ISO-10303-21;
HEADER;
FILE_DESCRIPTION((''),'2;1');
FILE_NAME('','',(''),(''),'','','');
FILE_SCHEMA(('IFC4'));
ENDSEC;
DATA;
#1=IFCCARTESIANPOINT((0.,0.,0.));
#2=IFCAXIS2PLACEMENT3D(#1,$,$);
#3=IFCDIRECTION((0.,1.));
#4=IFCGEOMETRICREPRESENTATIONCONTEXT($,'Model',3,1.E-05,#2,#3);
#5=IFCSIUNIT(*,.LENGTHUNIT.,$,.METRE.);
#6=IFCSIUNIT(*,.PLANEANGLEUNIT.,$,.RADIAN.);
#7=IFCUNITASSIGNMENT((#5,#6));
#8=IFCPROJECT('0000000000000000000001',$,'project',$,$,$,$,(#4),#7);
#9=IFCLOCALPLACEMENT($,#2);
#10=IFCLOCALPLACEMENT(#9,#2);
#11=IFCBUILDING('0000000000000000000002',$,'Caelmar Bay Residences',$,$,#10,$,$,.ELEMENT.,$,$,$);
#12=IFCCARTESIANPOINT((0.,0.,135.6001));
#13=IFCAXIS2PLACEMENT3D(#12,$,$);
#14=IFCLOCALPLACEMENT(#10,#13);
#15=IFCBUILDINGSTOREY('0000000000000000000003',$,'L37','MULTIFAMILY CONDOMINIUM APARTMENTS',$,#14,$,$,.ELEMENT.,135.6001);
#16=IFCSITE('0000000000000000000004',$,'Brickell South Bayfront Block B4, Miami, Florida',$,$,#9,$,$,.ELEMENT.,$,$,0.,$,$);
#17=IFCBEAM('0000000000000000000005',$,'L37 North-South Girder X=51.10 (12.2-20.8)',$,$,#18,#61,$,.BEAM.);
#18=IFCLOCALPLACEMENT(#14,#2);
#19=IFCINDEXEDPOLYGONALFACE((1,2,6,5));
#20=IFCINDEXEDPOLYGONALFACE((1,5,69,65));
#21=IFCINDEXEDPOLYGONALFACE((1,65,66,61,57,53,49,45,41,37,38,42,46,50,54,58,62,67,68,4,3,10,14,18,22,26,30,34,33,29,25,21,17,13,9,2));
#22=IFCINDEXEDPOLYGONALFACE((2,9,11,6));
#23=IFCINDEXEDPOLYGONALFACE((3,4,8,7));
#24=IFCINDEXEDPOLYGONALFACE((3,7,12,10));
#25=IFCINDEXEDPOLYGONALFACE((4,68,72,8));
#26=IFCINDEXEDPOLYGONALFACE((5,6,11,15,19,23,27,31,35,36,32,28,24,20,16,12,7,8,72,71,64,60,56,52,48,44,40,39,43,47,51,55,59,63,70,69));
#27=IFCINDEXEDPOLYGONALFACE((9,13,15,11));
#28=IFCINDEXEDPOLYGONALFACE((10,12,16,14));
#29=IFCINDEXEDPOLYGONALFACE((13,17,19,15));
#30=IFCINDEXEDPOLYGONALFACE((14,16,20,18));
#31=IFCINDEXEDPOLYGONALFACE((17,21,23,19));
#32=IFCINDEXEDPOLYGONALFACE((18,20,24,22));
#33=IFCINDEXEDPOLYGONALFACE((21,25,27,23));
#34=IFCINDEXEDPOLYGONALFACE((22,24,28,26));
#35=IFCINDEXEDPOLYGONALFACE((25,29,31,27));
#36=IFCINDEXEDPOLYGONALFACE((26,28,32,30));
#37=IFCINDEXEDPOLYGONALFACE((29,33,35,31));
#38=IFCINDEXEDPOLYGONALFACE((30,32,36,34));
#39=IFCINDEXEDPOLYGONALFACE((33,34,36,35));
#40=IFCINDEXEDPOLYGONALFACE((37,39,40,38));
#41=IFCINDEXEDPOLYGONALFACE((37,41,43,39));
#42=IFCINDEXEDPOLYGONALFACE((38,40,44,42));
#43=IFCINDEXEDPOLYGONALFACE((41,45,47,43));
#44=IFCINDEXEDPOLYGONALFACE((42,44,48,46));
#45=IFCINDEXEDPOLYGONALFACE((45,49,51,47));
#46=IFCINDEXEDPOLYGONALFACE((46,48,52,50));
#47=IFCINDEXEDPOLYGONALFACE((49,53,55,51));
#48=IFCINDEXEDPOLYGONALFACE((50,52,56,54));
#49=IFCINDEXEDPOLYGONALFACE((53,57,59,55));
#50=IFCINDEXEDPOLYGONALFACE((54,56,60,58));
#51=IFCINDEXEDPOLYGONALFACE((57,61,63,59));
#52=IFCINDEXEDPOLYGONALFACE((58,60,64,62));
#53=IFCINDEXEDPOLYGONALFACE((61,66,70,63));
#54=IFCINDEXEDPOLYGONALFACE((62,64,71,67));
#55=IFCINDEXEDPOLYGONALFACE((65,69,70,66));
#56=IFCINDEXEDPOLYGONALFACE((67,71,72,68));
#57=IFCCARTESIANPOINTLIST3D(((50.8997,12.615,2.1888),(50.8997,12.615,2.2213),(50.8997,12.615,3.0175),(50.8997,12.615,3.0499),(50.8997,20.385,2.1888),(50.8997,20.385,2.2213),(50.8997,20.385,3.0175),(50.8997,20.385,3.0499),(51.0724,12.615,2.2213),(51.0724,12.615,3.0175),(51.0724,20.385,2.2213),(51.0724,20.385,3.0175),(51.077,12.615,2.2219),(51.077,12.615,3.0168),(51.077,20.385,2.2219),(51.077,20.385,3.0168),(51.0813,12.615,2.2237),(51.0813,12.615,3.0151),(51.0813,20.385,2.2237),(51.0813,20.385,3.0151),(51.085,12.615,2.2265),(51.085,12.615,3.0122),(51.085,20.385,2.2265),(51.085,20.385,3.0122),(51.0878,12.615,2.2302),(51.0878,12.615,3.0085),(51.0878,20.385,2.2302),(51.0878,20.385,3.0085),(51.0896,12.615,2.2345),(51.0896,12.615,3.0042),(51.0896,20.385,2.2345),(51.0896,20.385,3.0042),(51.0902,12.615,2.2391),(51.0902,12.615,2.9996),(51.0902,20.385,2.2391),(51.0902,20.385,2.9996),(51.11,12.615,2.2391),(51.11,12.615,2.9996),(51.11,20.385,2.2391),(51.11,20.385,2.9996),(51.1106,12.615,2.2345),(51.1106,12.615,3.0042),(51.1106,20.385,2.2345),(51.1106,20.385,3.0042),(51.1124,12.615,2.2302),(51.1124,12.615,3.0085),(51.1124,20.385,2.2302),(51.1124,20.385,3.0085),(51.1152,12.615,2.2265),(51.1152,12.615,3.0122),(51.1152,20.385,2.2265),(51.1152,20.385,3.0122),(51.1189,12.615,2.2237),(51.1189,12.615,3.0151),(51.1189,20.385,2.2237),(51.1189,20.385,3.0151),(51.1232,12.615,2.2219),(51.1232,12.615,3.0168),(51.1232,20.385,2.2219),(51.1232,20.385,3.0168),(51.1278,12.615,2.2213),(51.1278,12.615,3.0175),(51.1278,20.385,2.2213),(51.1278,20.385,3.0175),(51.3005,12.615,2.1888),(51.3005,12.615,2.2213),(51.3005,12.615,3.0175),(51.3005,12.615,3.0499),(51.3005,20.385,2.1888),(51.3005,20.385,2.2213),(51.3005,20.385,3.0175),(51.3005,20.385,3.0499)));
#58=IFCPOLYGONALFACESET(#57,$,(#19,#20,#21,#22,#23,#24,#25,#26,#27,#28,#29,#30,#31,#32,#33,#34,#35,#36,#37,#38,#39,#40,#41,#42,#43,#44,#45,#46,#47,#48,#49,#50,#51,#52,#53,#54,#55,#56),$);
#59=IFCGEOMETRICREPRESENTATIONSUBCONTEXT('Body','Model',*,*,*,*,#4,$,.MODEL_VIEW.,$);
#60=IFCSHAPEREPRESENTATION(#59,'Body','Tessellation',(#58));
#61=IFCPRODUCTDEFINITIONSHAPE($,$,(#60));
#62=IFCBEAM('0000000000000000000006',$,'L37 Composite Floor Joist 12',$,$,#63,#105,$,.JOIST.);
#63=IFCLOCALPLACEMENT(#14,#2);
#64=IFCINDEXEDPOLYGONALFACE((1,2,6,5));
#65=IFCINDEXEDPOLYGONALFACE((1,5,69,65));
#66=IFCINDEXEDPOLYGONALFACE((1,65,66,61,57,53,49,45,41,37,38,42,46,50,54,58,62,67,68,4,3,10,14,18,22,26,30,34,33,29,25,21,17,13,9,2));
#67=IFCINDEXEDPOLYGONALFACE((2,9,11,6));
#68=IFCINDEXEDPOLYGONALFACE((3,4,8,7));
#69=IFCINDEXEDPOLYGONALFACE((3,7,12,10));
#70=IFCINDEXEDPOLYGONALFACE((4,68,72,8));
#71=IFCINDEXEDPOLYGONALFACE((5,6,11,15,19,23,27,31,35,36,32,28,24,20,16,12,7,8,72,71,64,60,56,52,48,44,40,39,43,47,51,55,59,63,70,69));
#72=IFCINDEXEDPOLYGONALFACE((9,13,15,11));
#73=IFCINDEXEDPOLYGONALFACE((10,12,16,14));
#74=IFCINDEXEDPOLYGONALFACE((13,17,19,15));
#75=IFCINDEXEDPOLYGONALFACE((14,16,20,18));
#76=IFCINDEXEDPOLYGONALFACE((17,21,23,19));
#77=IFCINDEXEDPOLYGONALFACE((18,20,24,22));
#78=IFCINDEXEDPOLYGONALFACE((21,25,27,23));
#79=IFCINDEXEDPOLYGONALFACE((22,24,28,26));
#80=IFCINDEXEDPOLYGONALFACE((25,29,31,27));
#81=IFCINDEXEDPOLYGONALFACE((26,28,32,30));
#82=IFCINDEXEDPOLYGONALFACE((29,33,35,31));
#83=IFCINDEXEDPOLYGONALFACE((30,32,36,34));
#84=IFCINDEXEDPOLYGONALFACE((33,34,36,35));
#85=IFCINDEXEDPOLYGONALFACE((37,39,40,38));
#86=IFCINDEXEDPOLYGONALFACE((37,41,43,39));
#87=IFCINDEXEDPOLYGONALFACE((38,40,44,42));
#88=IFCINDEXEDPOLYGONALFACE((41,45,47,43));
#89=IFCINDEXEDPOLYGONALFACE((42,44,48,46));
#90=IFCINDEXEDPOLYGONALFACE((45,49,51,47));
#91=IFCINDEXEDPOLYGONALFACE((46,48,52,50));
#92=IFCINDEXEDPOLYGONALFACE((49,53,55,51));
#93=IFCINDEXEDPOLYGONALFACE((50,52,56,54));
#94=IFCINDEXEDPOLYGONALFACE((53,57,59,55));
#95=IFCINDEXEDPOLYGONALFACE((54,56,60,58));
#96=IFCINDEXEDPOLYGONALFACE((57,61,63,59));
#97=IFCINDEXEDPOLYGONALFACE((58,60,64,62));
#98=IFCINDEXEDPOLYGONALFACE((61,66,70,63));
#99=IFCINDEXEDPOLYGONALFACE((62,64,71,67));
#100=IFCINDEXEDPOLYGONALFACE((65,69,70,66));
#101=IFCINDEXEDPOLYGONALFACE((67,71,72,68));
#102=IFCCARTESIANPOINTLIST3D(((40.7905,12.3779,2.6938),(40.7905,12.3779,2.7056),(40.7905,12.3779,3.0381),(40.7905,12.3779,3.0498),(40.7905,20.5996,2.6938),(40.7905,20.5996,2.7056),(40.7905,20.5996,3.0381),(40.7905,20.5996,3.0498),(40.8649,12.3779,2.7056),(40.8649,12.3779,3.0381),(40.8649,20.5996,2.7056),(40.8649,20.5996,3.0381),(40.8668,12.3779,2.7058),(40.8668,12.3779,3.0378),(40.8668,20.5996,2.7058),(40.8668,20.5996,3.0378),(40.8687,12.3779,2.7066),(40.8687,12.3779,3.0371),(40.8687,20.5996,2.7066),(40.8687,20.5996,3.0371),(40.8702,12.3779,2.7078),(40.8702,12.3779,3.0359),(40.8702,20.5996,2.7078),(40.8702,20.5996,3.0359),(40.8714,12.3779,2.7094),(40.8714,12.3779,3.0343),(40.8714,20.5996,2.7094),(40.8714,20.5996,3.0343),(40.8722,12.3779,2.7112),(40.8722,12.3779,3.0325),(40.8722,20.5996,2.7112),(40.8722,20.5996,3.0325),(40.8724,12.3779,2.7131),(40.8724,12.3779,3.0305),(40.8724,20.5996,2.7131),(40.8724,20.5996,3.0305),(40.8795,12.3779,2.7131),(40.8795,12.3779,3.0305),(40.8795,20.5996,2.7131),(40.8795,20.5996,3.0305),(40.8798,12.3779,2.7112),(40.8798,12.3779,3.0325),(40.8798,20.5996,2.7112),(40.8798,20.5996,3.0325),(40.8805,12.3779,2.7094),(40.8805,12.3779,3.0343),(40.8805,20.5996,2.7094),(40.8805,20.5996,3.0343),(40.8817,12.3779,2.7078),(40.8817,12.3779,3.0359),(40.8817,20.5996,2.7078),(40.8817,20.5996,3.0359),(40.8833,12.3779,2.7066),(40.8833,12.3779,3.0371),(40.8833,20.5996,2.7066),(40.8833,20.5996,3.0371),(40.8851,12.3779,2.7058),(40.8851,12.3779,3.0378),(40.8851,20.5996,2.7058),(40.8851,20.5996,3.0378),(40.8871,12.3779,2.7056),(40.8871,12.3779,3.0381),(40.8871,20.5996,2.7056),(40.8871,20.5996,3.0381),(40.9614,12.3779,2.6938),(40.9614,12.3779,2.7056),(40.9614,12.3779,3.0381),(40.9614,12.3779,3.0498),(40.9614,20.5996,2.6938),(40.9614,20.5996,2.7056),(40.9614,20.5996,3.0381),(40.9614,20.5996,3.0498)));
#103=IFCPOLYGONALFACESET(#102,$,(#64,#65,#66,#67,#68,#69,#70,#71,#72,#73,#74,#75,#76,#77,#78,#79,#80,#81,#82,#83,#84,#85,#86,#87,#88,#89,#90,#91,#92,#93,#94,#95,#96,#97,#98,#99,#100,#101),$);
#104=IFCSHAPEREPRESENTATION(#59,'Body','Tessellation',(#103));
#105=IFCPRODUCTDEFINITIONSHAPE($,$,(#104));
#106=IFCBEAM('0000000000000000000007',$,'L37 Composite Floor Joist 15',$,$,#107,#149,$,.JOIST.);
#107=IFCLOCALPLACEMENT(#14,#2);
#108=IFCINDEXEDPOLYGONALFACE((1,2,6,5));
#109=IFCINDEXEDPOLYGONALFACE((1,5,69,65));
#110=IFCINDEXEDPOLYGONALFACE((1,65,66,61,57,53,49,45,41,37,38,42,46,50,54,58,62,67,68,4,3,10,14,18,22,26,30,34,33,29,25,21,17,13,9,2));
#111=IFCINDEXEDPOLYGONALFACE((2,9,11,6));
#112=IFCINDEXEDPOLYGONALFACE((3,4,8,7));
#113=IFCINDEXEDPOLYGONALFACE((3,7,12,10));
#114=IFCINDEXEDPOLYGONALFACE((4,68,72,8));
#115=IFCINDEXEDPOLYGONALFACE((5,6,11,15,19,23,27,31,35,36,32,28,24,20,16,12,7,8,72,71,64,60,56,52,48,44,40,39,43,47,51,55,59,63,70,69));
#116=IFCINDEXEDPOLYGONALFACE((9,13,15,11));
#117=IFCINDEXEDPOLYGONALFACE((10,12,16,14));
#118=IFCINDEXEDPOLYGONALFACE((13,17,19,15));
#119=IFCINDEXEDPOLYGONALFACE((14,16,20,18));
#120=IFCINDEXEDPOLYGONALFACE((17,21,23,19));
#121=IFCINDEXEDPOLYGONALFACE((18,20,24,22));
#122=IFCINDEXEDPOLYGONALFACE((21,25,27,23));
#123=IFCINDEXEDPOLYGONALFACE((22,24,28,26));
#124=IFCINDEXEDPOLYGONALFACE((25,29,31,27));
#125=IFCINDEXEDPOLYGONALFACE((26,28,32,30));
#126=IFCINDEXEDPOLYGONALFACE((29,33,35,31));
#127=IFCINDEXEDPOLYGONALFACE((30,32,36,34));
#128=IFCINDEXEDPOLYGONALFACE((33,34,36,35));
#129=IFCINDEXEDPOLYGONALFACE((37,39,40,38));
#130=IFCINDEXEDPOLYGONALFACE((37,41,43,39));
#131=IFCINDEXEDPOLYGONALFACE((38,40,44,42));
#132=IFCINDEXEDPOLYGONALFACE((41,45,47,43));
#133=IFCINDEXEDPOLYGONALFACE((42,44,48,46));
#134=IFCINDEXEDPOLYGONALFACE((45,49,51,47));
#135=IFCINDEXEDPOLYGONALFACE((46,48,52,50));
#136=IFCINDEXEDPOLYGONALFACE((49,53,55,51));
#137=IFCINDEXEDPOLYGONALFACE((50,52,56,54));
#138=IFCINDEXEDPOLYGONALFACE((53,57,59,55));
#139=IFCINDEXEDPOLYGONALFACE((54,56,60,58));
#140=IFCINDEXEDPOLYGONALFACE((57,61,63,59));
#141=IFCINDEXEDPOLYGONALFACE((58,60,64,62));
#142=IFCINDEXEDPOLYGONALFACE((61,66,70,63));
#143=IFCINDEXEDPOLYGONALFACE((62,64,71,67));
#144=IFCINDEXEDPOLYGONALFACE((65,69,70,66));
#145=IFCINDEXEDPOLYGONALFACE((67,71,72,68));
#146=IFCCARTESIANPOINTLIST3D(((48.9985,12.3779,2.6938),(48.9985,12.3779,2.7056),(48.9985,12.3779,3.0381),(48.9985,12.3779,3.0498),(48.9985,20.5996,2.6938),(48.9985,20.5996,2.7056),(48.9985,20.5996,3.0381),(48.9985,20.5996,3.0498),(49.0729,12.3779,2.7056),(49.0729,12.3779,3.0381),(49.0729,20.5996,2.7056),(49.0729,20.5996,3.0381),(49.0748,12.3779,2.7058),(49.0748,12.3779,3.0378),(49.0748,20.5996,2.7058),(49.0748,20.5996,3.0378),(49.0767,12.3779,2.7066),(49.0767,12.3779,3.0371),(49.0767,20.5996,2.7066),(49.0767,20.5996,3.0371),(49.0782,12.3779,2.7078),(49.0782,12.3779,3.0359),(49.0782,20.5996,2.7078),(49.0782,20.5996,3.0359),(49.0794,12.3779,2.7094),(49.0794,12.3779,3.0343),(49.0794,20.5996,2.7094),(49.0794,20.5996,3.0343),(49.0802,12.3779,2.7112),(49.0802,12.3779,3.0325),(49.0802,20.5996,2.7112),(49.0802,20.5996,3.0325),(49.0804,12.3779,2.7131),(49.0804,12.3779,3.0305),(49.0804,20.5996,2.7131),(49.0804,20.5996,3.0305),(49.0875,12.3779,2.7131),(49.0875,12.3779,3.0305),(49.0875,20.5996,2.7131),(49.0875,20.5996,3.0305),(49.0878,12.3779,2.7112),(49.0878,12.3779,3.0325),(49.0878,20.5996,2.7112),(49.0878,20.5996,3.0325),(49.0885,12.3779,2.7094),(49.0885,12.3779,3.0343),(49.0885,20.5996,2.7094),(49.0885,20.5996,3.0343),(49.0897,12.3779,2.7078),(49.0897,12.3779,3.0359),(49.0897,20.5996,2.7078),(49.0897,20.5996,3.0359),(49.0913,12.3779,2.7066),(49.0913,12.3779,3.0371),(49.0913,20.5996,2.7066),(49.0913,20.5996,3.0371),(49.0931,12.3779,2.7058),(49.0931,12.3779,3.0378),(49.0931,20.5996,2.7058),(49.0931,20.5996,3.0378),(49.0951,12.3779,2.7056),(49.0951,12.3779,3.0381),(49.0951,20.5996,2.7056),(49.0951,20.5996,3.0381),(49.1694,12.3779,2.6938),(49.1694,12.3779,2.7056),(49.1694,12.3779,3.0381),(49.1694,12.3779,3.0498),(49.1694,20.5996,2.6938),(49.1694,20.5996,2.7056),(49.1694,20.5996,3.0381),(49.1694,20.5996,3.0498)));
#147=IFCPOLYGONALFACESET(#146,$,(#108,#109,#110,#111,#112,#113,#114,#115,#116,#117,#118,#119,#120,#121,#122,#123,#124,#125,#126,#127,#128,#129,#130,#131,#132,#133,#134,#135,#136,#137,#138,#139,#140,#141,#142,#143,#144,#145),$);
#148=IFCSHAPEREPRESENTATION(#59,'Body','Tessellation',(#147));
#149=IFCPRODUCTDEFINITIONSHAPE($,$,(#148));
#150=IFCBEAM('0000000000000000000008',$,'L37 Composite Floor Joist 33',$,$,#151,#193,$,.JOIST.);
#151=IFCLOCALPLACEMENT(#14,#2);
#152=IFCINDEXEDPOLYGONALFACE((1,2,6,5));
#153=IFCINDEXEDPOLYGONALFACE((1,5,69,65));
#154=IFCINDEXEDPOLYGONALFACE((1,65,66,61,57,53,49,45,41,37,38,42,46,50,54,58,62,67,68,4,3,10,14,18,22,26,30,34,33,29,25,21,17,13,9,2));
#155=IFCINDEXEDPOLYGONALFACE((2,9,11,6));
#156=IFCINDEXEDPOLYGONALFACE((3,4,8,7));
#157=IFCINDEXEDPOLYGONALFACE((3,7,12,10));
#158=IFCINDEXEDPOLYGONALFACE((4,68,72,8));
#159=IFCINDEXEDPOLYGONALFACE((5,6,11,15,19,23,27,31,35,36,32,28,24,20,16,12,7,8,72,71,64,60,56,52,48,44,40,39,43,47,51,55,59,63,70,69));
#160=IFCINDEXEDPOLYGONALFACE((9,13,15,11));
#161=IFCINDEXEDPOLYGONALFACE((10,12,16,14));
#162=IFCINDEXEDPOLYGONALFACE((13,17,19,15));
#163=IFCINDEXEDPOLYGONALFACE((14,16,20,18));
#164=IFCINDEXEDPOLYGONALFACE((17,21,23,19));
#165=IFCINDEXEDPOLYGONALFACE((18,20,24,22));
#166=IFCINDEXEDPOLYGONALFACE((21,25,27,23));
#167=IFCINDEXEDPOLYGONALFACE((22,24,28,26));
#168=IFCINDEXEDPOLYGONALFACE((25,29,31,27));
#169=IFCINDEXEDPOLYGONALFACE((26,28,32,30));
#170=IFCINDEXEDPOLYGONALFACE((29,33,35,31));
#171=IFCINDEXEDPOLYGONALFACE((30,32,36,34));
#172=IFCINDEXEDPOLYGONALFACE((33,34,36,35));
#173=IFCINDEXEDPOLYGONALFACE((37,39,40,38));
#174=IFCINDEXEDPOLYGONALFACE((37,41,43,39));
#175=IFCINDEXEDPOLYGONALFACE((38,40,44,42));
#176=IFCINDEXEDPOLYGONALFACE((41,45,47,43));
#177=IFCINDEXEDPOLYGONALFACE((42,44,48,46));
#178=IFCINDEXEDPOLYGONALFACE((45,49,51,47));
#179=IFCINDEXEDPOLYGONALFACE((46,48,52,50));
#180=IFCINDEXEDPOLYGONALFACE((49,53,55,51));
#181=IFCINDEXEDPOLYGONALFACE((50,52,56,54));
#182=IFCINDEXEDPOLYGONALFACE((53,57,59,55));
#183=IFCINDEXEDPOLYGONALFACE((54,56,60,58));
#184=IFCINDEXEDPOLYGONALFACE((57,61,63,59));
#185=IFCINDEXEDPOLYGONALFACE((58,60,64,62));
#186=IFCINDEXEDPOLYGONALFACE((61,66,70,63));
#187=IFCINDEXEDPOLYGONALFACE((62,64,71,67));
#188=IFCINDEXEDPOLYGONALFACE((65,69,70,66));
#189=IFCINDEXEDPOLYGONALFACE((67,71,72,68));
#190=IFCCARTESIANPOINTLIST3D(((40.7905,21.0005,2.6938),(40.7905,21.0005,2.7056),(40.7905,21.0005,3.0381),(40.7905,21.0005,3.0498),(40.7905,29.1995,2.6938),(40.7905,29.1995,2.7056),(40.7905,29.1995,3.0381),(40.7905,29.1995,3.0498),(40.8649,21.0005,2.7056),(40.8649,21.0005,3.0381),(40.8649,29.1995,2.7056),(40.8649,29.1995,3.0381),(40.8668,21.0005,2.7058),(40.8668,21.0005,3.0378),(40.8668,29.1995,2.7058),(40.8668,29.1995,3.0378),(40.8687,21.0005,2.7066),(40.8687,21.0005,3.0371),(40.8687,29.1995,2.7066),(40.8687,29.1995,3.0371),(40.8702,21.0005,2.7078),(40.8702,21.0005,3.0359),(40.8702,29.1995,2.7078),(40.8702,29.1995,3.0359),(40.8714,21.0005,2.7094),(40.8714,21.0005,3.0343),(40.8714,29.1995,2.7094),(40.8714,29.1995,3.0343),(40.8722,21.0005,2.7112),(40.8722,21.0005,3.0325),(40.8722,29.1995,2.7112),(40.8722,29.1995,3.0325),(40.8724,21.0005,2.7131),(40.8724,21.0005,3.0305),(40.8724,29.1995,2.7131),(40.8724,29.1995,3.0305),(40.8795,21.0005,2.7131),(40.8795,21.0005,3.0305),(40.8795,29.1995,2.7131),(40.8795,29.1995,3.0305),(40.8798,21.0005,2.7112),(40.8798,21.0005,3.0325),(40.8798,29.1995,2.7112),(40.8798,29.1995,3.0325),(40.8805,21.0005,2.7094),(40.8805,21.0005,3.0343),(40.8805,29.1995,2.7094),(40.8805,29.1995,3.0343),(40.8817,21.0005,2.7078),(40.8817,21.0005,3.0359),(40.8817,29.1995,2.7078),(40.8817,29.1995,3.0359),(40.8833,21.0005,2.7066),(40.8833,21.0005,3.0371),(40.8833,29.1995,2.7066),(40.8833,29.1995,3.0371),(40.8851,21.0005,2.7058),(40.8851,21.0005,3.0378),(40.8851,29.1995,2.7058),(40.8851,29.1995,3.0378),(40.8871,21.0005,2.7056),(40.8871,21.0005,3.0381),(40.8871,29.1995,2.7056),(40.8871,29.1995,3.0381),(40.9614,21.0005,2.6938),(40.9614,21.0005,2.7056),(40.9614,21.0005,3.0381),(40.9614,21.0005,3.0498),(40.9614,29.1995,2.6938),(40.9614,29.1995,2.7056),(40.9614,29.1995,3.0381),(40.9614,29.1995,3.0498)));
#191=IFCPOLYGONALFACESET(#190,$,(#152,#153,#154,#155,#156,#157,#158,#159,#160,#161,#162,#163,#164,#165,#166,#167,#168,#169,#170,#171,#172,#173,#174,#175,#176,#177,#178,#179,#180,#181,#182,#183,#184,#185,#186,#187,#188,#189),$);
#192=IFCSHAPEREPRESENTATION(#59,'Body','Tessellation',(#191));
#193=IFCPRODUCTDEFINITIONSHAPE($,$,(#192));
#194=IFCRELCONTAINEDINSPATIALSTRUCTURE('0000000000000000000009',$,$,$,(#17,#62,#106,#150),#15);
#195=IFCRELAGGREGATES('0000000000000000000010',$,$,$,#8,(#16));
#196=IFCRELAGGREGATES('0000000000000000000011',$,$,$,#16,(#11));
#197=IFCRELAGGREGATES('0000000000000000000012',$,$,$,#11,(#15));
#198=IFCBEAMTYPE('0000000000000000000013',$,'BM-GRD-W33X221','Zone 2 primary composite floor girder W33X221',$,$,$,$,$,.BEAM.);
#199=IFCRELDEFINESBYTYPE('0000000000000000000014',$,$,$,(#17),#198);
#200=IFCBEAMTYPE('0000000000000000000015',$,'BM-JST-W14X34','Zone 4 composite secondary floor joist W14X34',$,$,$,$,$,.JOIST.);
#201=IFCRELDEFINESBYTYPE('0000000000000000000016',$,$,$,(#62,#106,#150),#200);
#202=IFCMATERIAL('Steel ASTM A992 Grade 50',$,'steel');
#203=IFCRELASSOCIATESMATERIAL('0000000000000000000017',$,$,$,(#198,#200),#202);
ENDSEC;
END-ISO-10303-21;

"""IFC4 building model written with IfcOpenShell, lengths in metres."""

from ifc_helpers import new_model, si_unit, direction, frame, origin, origin_2d, place, context, subcontext, project, spatial, i_section, extrude, material, material_profile, profile_set, type_object, element, save


model = new_model("IFC4")

# Units and contexts
model_context = context("Model", 3, precision=1e-05, world=origin(), true_north=direction((0.0, 1.0)))
body_context = subcontext(model_context, "Body", "Model", "MODEL_VIEW")
ifc_project = project(units=[si_unit("LENGTHUNIT", "METRE"), si_unit("PLANEANGLEUNIT", "RADIAN")], contexts=[model_context])

# Site, building, storey
site_placement = place(None, origin())
site = spatial("IfcSite", under=ifc_project, at=site_placement, Name="Brickell South Bayfront Block B4, Miami, Florida", CompositionType="ELEMENT", RefElevation=0.0)
building_placement = place(site_placement, origin())
building = spatial("IfcBuilding", under=site, at=building_placement, Name="Caelmar Bay Residences", CompositionType="ELEMENT")
storey_placement = place(building_placement, frame((0.0, 0.0, 135.6001)))
storey = spatial("IfcBuildingStorey", under=building, at=storey_placement, Name="L37", Description="MULTIFAMILY CONDOMINIUM APARTMENTS", CompositionType="ELEMENT", Elevation=135.6001)

# Beams
ifc_material_1 = material(Name="Steel ASTM A992 Grade 50", Category="steel")
ifc_material_profile_1 = material_profile(ifc_material_1, i_section(OverallWidth=0.4009, OverallDepth=0.8611, WebThickness=0.0198, FlangeThickness=0.0325, FilletRadius=0.0178, at=origin_2d()), Name="W33X221")
ifc_profile_set_1 = profile_set([ifc_material_profile_1], Name="Steel ASTM A992 Grade 50")
beam_type_1 = type_object("IfcBeamType", Name="BM-GRD-W33X221", Description="Zone 2 primary composite floor girder W33X221", PredefinedType="BEAM", material=ifc_profile_set_1)
for number, where, z_axis, x_axis, name in (
    (1, (51.1001, 12.615, 2.6194), (0.0, 1.0, 0.0), (-1.0, 0.0, 0.0), "L37 North-South Girder X=51.10 (12.2-20.8)"),
):
    element("IfcBeam", number, at=place(storey_placement, frame(where, z_axis=z_axis, x_axis=x_axis)), inside=storey, type_object=beam_type_1, Name=name, PredefinedType="BEAM", context=body_context, shape_type="SweptSolid", body=[
        extrude(i_section(OverallWidth=0.4009, OverallDepth=0.8611, WebThickness=0.0198, FlangeThickness=0.0325, FilletRadius=0.0178, at=origin_2d()), origin(), (0.0, 0.0, 1.0), 7.77),
    ])
ifc_material_profile_2 = material_profile(ifc_material_1, i_section(OverallWidth=0.1709, OverallDepth=0.356, WebThickness=0.0071, FlangeThickness=0.0117, FilletRadius=0.0076, at=origin_2d()), Name="W14X34")
ifc_profile_set_2 = profile_set([ifc_material_profile_2], Name="Steel ASTM A992 Grade 50")
beam_type_2 = type_object("IfcBeamType", Name="BM-JST-W14X34", Description="Zone 4 composite secondary floor joist W14X34", PredefinedType="JOIST", material=ifc_profile_set_2)
for number, where, z_axis, x_axis, name in (
    (2, (40.876, 12.3779, 2.8718), (0.0, 1.0, 0.0), (-1.0, 0.0, 0.0), "L37 Composite Floor Joist 12"),
    (3, (49.084, 12.3779, 2.8718), (0.0, 1.0, 0.0), (-1.0, 0.0, 0.0), "L37 Composite Floor Joist 15"),
):
    element("IfcBeam", number, at=place(storey_placement, frame(where, z_axis=z_axis, x_axis=x_axis)), inside=storey, type_object=beam_type_2, Name=name, PredefinedType="JOIST", context=body_context, shape_type="SweptSolid", body=[
        extrude(i_section(OverallWidth=0.1709, OverallDepth=0.356, WebThickness=0.0071, FlangeThickness=0.0117, FilletRadius=0.0076, at=origin_2d()), origin(), (0.0, 0.0, 1.0), 8.2217),
    ])
for number, where, z_axis, x_axis, name in (
    (4, (40.876, 21.0005, 2.8718), (0.0, 1.0, 0.0), (-1.0, 0.0, 0.0), "L37 Composite Floor Joist 33"),
):
    element("IfcBeam", number, at=place(storey_placement, frame(where, z_axis=z_axis, x_axis=x_axis)), inside=storey, type_object=beam_type_2, Name=name, PredefinedType="JOIST", context=body_context, shape_type="SweptSolid", body=[
        extrude(i_section(OverallWidth=0.1709, OverallDepth=0.356, WebThickness=0.0071, FlangeThickness=0.0117, FilletRadius=0.0076, at=origin_2d()), origin(), (0.0, 0.0, 1.0), 8.199),
    ])

save(model, "model.ifc")
